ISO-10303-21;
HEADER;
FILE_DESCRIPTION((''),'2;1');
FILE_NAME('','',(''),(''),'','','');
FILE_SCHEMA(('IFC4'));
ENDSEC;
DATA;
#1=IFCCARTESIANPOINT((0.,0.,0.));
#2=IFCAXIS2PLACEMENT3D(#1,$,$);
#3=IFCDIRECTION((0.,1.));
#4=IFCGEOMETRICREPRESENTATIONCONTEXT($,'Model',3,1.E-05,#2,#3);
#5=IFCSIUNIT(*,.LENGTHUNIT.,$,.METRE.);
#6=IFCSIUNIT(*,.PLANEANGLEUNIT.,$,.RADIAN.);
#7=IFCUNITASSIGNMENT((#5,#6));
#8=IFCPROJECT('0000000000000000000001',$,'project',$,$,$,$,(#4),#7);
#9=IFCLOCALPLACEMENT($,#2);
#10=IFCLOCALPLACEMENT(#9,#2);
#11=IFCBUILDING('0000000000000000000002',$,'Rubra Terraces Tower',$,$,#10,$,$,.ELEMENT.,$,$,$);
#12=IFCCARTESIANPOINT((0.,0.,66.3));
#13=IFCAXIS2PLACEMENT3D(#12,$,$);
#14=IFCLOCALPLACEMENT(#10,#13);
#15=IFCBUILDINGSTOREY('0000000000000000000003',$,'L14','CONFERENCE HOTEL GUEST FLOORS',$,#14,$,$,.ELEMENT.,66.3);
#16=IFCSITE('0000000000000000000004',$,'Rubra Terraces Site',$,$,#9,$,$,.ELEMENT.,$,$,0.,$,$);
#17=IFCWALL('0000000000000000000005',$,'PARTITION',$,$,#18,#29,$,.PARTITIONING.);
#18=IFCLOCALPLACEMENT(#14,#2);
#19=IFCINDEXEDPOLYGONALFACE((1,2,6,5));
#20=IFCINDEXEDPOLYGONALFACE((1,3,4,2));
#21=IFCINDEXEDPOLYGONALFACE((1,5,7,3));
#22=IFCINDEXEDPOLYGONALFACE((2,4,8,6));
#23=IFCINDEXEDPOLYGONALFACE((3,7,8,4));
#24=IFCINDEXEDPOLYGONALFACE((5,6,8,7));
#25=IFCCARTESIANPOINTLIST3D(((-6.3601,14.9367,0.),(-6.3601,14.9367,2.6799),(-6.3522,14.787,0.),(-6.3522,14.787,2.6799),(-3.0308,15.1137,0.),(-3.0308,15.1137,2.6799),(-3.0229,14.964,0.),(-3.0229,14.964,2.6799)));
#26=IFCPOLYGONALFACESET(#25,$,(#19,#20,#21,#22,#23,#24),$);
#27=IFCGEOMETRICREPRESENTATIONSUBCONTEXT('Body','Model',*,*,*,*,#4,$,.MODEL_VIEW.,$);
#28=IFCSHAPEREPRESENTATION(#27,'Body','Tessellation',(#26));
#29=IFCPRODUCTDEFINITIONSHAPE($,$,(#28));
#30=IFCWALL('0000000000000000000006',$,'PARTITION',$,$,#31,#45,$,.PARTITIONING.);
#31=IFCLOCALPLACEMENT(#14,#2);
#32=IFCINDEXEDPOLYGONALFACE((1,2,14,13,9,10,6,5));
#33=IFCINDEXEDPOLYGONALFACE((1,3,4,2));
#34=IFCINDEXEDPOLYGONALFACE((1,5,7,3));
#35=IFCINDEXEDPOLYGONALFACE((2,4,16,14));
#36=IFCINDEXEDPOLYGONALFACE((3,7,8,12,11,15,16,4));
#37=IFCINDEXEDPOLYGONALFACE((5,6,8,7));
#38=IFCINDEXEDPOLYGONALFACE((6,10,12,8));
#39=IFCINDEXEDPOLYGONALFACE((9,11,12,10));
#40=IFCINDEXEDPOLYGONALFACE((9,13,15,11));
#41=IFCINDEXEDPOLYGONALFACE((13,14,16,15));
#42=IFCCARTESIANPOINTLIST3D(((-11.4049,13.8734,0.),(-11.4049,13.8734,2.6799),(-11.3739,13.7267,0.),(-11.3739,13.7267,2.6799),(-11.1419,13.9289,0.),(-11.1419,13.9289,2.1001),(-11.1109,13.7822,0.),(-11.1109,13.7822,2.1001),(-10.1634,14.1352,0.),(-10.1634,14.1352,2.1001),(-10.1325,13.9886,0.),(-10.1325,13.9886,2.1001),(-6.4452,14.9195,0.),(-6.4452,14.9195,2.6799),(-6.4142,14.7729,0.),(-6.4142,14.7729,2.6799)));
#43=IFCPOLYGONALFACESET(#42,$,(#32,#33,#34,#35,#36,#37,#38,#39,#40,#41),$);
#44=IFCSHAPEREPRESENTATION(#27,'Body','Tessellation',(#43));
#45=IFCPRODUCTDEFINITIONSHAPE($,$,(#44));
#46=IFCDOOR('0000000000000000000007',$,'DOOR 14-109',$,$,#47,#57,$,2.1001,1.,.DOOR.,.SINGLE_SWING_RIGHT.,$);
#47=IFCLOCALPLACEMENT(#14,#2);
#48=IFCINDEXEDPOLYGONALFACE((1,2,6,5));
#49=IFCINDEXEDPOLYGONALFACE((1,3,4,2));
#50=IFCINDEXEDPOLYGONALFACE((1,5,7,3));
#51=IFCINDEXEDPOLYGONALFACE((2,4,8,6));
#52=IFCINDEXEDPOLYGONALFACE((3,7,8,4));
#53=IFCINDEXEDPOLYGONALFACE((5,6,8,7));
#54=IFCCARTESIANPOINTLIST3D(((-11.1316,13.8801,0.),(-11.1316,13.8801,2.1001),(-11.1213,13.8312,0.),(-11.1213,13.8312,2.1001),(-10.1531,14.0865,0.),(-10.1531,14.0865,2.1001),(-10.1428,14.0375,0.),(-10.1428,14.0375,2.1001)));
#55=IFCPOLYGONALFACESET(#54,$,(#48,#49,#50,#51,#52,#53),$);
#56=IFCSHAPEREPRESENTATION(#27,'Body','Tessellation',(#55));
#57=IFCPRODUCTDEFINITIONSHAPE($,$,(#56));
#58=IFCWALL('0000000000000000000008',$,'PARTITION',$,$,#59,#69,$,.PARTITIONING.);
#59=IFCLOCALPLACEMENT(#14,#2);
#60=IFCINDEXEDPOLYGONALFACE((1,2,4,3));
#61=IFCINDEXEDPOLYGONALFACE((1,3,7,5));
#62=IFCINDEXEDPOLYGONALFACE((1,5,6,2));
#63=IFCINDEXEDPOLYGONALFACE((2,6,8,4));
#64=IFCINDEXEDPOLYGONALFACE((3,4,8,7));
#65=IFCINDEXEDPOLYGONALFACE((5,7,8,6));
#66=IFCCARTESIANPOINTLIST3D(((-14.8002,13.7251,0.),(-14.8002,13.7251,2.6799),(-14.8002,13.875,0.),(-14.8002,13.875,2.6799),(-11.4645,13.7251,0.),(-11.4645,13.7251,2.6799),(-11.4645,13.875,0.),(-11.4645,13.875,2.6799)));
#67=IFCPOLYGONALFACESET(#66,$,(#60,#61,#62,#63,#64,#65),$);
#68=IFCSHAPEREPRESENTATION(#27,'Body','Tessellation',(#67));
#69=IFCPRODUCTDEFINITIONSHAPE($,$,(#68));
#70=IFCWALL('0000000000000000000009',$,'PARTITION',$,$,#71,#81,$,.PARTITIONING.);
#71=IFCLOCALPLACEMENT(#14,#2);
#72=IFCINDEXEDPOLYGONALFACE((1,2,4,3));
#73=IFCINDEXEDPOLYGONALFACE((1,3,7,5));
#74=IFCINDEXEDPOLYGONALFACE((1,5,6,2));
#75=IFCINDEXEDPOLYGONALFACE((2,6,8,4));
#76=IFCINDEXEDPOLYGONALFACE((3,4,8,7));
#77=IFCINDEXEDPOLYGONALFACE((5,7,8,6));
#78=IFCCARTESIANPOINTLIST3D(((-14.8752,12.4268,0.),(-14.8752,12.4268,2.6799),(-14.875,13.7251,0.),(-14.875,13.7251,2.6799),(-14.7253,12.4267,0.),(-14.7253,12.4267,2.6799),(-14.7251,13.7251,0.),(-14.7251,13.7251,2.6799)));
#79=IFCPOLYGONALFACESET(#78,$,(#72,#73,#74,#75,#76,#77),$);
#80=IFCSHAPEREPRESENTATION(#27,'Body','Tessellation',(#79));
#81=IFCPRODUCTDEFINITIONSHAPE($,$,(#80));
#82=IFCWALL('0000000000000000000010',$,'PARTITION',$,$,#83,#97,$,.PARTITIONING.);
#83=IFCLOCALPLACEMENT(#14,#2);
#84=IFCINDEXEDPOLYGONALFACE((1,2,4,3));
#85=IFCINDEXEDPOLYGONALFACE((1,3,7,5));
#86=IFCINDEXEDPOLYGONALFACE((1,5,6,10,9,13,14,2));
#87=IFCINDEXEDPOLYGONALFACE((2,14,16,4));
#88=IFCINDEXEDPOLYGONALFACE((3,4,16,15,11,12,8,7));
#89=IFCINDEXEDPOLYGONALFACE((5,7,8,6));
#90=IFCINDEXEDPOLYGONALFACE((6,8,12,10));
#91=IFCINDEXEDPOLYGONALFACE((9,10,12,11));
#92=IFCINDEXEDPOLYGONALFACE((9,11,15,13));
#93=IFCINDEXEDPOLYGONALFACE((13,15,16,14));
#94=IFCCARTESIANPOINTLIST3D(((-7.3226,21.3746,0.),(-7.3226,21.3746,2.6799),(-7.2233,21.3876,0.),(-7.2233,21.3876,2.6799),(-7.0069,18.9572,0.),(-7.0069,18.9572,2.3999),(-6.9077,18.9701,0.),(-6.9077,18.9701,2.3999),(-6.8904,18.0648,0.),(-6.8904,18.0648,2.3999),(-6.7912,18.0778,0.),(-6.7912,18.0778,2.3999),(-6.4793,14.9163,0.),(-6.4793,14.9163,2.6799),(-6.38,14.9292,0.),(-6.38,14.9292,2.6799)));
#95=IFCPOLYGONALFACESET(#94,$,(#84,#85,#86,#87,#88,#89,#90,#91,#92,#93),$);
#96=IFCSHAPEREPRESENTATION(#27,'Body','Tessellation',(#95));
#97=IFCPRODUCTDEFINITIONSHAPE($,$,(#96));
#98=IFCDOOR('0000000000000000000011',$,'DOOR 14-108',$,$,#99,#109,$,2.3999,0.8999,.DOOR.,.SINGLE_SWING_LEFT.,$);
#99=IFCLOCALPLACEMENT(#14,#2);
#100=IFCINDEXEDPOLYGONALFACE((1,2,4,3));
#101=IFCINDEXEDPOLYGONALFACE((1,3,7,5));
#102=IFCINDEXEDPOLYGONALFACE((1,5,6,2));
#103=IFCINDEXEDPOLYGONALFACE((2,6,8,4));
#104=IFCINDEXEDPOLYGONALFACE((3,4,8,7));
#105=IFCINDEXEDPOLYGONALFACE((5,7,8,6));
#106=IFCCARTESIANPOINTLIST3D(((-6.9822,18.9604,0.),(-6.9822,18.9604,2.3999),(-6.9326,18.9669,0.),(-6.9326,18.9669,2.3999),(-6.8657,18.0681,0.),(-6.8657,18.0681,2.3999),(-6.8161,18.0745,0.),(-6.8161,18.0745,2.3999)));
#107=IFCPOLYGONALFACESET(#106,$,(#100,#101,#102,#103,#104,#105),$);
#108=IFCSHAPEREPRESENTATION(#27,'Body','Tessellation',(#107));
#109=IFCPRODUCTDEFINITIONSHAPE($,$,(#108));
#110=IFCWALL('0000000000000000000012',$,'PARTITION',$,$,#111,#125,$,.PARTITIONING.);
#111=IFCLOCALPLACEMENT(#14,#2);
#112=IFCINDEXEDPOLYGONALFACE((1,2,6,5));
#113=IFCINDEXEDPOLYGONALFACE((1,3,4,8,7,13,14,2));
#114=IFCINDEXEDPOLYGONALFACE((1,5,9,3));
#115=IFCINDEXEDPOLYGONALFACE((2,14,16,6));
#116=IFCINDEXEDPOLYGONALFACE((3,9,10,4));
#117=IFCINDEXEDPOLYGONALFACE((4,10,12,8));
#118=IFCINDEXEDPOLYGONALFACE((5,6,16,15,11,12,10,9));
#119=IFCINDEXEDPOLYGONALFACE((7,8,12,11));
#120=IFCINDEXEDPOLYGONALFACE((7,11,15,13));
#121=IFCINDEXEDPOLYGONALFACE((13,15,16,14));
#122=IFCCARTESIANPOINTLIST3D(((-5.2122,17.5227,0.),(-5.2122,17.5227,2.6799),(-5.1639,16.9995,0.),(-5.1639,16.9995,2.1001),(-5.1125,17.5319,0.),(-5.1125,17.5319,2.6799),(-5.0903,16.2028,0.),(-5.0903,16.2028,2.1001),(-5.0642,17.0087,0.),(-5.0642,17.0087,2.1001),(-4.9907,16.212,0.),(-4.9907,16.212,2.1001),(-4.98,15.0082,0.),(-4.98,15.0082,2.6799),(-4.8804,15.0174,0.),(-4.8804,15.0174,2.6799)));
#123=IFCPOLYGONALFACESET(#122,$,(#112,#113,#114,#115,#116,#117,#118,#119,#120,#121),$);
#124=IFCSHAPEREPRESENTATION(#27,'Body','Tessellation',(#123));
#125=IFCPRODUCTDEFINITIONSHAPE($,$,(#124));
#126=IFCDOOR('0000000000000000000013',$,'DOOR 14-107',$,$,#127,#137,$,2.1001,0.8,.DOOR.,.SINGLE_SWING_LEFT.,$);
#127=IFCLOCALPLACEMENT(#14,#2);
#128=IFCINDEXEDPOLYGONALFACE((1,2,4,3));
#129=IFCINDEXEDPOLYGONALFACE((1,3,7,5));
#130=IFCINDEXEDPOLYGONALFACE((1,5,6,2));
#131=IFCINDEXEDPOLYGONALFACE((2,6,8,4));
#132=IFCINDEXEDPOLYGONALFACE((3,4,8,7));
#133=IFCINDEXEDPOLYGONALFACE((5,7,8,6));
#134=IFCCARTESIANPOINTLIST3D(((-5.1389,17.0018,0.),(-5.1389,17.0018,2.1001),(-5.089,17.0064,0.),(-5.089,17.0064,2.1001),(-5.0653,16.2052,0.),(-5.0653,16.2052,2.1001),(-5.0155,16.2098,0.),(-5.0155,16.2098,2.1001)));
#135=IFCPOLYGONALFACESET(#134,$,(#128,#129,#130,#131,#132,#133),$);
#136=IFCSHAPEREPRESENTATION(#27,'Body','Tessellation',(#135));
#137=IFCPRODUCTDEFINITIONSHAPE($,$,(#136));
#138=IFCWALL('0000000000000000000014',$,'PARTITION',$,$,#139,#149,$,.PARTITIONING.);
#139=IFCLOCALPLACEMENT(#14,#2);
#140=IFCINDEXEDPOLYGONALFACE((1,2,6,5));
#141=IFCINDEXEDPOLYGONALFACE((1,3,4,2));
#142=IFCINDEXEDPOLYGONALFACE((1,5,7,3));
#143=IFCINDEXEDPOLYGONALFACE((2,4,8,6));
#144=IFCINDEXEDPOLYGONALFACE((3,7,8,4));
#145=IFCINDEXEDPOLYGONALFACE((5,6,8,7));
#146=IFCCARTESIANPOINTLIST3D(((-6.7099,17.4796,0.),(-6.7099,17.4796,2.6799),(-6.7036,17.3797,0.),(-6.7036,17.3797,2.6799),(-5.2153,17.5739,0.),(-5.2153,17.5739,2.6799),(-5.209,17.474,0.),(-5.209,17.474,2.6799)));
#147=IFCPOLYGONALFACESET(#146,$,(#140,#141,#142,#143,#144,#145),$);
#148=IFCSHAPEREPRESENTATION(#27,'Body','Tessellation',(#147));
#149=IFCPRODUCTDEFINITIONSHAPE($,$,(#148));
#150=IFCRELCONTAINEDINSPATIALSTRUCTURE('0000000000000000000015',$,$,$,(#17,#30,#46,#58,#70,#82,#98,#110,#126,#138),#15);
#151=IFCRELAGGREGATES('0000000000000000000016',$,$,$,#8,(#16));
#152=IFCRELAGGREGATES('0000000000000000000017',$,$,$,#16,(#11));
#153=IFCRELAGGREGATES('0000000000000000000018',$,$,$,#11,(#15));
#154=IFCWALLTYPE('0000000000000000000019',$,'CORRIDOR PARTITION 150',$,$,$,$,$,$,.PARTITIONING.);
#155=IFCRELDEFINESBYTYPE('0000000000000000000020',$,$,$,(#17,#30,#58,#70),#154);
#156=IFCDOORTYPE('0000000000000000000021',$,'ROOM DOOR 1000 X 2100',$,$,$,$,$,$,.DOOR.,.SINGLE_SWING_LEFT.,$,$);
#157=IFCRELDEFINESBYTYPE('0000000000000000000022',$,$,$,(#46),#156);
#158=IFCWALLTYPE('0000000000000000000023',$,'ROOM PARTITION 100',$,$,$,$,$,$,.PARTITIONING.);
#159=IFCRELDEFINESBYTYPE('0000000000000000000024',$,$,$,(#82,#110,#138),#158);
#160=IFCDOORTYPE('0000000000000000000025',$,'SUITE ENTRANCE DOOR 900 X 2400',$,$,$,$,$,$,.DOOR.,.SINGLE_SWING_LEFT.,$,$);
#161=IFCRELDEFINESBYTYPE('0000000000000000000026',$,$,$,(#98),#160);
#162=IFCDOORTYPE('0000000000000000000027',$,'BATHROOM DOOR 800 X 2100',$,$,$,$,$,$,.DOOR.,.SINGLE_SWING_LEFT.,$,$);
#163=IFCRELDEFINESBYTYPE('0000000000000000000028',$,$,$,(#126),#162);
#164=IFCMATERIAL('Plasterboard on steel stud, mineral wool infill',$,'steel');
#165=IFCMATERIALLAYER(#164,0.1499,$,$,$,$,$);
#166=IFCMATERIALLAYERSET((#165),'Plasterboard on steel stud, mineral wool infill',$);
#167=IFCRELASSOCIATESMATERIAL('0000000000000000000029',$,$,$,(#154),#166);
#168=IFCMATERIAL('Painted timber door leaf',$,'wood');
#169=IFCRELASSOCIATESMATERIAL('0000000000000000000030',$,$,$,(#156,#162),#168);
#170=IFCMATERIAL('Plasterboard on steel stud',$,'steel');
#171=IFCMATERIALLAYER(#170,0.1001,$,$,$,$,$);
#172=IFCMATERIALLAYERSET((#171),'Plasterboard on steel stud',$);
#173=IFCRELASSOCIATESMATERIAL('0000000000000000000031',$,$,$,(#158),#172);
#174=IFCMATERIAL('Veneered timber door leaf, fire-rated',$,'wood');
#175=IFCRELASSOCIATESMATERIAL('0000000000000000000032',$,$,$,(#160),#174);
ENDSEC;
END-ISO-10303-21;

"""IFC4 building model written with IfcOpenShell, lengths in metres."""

from ifc_helpers import new_model, si_unit, direction, frame, frame_2d, origin, place, context, subcontext, project, spatial, rectangle, extrude, material, layer, layer_set, type_object, element, fill, save


model = new_model("IFC4")

# Units and contexts
model_context = context("Model", 3, precision=1e-05, world=origin(), true_north=direction((0.0, 1.0)))
body_context = subcontext(model_context, "Body", "Model", "MODEL_VIEW")
ifc_project = project(units=[si_unit("LENGTHUNIT", "METRE"), si_unit("PLANEANGLEUNIT", "RADIAN")], contexts=[model_context])

# Site, building, storey
site_placement = place(None, origin())
site = spatial("IfcSite", under=ifc_project, at=site_placement, Name="Rubra Terraces Site", CompositionType="ELEMENT", RefElevation=0.0)
building_placement = place(site_placement, origin())
building = spatial("IfcBuilding", under=site, at=building_placement, Name="Rubra Terraces Tower", CompositionType="ELEMENT")
storey_placement = place(building_placement, frame((0.0, 0.0, 66.3)))
storey = spatial("IfcBuildingStorey", under=building, at=storey_placement, Name="L14", Description="CONFERENCE HOTEL GUEST FLOORS", CompositionType="ELEMENT", Elevation=66.3)

# Shared definitions
ifc_material_1 = material(Name="Plasterboard on steel stud, mineral wool infill", Category="steel")
ifc_layer_1 = layer(ifc_material_1, 0.1499)
ifc_layer_set_1 = layer_set([ifc_layer_1], Name="Plasterboard on steel stud, mineral wool infill")
wall_type_1 = type_object("IfcWallType", Name="CORRIDOR PARTITION 150", PredefinedType="PARTITIONING", material=ifc_layer_set_1)
ifc_material_2 = material(Name="Painted timber door leaf", Category="wood")
door_type_1 = type_object("IfcDoorType", Name="ROOM DOOR 1000 X 2100", OperationType="SINGLE_SWING_LEFT", PredefinedType="DOOR", material=ifc_material_2)

# Wall
wall_1_placement = place(storey_placement, frame((-3.0269, 15.0388, 0.0), z_axis=(0.0, 0.0, 1.0), x_axis=(-0.99859, -0.053089, 0.0)))
element("IfcWall", 1, at=wall_1_placement, inside=storey, type_object=wall_type_1, Name="PARTITION", PredefinedType="PARTITIONING", context=body_context, shape_type="SweptSolid", body=[
    extrude(rectangle(XDim=3.334, YDim=0.1499, at=frame_2d((1.667, 0.0))), origin(), (0.0, 0.0, 1.0), 2.6799),
])

# Wall, opening, door
wall_2_placement = place(storey_placement, frame((-6.4297, 14.8462, 0.0), z_axis=(0.0, 0.0, 1.0), x_axis=(-0.978471, -0.206387, 0.0)))
wall_2 = element("IfcWall", 2, at=wall_2_placement, inside=storey, type_object=wall_type_1, Name="PARTITION", PredefinedType="PARTITIONING", context=body_context, shape_type="SweptSolid", body=[
    extrude(rectangle(XDim=5.0688, YDim=0.1499, at=frame_2d((2.5344, 0.0))), origin(), (0.0, 0.0, 1.0), 2.6799),
])
opening_1_placement = place(wall_2_placement, frame((3.8, 0.0, 0.0)))
opening_1 = element("IfcOpeningElement", 3, at=opening_1_placement, cuts=wall_2, PredefinedType="OPENING", context=body_context, shape_type="SweptSolid", body=[
    extrude(rectangle(XDim=1.0, YDim=2.1001, at=frame_2d((0.5, 1.05))), frame((0.0, 0.085, 0.0), z_axis=(0.0, -1.0, 0.0), x_axis=(1.0, 0.0, 0.0)), (0.0, 0.0, 1.0), 0.1699),
])
door_1_placement = place(opening_1_placement, origin())
door_1 = element("IfcDoor", 4, at=door_1_placement, inside=storey, type_object=door_type_1, Name="DOOR 14-109", OperationType="SINGLE_SWING_RIGHT", OverallHeight=2.1001, OverallWidth=1.0, PredefinedType="DOOR", context=body_context, shape_type="SweptSolid", body=[
    extrude(rectangle(XDim=1.0, YDim=2.1001, at=frame_2d((0.5, 1.05))), frame((0.0, 0.0249, 0.0), z_axis=(0.0, -1.0, 0.0), x_axis=(1.0, 0.0, 0.0)), (0.0, 0.0, 1.0), 0.05),
])
fill(opening_1, door_1)

# Walls
wall_3_placement = place(storey_placement, frame((-11.4644, 13.8, 0.0), z_axis=(0.0, 0.0, 1.0), x_axis=(-1.0, 0.0, 0.0)))
element("IfcWall", 5, at=wall_3_placement, inside=storey, type_object=wall_type_1, Name="PARTITION", PredefinedType="PARTITIONING", context=body_context, shape_type="SweptSolid", body=[
    extrude(rectangle(XDim=3.3357, YDim=0.1499, at=frame_2d((1.668, 0.0))), origin(), (0.0, 0.0, 1.0), 2.6799),
])
wall_4_placement = place(storey_placement, frame((-14.8, 13.7251, 0.0), z_axis=(0.0, 0.0, 1.0), x_axis=(-0.000188, -1.0, 0.0)))
element("IfcWall", 6, at=wall_4_placement, inside=storey, type_object=wall_type_1, Name="PARTITION", PredefinedType="PARTITIONING", context=body_context, shape_type="SweptSolid", body=[
    extrude(rectangle(XDim=1.2983, YDim=0.1499, at=frame_2d((0.6492, 0.0))), origin(), (0.0, 0.0, 1.0), 2.6799),
])

# Walls, openings, doors
ifc_material_3 = material(Name="Plasterboard on steel stud", Category="steel")
ifc_layer_2 = layer(ifc_material_3, 0.1001)
ifc_layer_set_2 = layer_set([ifc_layer_2], Name="Plasterboard on steel stud")
wall_type_2 = type_object("IfcWallType", Name="ROOM PARTITION 100", PredefinedType="PARTITIONING", material=ifc_layer_set_2)
wall_5_placement = place(storey_placement, frame((-7.2729, 21.3811, 0.0), z_axis=(0.0, 0.0, 1.0), x_axis=(0.129472, -0.991583, 0.0)))
wall_5 = element("IfcWall", 7, at=wall_5_placement, inside=storey, type_object=wall_type_2, Name="PARTITION", PredefinedType="PARTITIONING", context=body_context, shape_type="SweptSolid", body=[
    extrude(rectangle(XDim=6.5132, YDim=0.1001, at=frame_2d((3.2566, 0.0))), origin(), (0.0, 0.0, 1.0), 2.6799),
])
opening_2_placement = place(wall_5_placement, frame((2.438, 0.0, 0.0)))
opening_2 = element("IfcOpeningElement", 8, at=opening_2_placement, cuts=wall_5, PredefinedType="OPENING", context=body_context, shape_type="SweptSolid", body=[
    extrude(rectangle(XDim=0.8999, YDim=2.3999, at=frame_2d((0.45, 1.2))), frame((0.0, 0.0601, 0.0), z_axis=(0.0, -1.0, 0.0), x_axis=(1.0, 0.0, 0.0)), (0.0, 0.0, 1.0), 0.1201),
])
ifc_material_4 = material(Name="Veneered timber door leaf, fire-rated", Category="wood")
door_type_2 = type_object("IfcDoorType", Name="SUITE ENTRANCE DOOR 900 X 2400", OperationType="SINGLE_SWING_LEFT", PredefinedType="DOOR", material=ifc_material_4)
door_2_placement = place(opening_2_placement, origin())
door_2 = element("IfcDoor", 9, at=door_2_placement, inside=storey, type_object=door_type_2, Name="DOOR 14-108", OperationType="SINGLE_SWING_LEFT", OverallHeight=2.3999, OverallWidth=0.8999, PredefinedType="DOOR", context=body_context, shape_type="SweptSolid", body=[
    extrude(rectangle(XDim=0.8999, YDim=2.3999, at=frame_2d((0.45, 1.2))), frame((0.0, 0.0249, 0.0), z_axis=(0.0, -1.0, 0.0), x_axis=(1.0, 0.0, 0.0)), (0.0, 0.0, 1.0), 0.05),
])
fill(opening_2, door_2)
wall_6_placement = place(storey_placement, frame((-4.9302, 15.0127, 0.0), z_axis=(0.0, 0.0, 1.0), x_axis=(-0.091948, 0.995764, 0.0)))
wall_6 = element("IfcWall", 10, at=wall_6_placement, inside=storey, type_object=wall_type_2, Name="PARTITION", PredefinedType="PARTITIONING", context=body_context, shape_type="SweptSolid", body=[
    extrude(rectangle(XDim=2.5251, YDim=0.1001, at=frame_2d((1.2627, 0.0))), origin(), (0.0, 0.0, 1.0), 2.6799),
])
opening_3_placement = place(wall_6_placement, frame((1.2, 0.0, 0.0)))
opening_3 = element("IfcOpeningElement", 11, at=opening_3_placement, cuts=wall_6, PredefinedType="OPENING", context=body_context, shape_type="SweptSolid", body=[
    extrude(rectangle(XDim=0.8, YDim=2.1001, at=frame_2d((0.3999, 1.05))), frame((0.0, 0.0601, 0.0), z_axis=(0.0, -1.0, 0.0), x_axis=(1.0, 0.0, 0.0)), (0.0, 0.0, 1.0), 0.1201),
])
door_type_3 = type_object("IfcDoorType", Name="BATHROOM DOOR 800 X 2100", OperationType="SINGLE_SWING_LEFT", PredefinedType="DOOR", material=ifc_material_2)
door_3_placement = place(opening_3_placement, origin())
door_3 = element("IfcDoor", 12, at=door_3_placement, inside=storey, type_object=door_type_3, Name="DOOR 14-107", OperationType="SINGLE_SWING_LEFT", OverallHeight=2.1001, OverallWidth=0.8, PredefinedType="DOOR", context=body_context, shape_type="SweptSolid", body=[
    extrude(rectangle(XDim=0.8, YDim=2.1001, at=frame_2d((0.3999, 1.05))), frame((0.0, 0.0249, 0.0), z_axis=(0.0, -1.0, 0.0), x_axis=(1.0, 0.0, 0.0)), (0.0, 0.0, 1.0), 0.05),
])
fill(opening_3, door_3)

# Wall
wall_7_placement = place(storey_placement, frame((-5.2122, 17.5239, 0.0), z_axis=(0.0, 0.0, 1.0), x_axis=(-0.998018, -0.062926, 0.0)))
element("IfcWall", 13, at=wall_7_placement, inside=storey, type_object=wall_type_2, Name="PARTITION", PredefinedType="PARTITIONING", context=body_context, shape_type="SweptSolid", body=[
    extrude(rectangle(XDim=1.4976, YDim=0.1001, at=frame_2d((0.7488, 0.0))), origin(), (0.0, 0.0, 1.0), 2.6799),
])

save(model, "model.ifc")
